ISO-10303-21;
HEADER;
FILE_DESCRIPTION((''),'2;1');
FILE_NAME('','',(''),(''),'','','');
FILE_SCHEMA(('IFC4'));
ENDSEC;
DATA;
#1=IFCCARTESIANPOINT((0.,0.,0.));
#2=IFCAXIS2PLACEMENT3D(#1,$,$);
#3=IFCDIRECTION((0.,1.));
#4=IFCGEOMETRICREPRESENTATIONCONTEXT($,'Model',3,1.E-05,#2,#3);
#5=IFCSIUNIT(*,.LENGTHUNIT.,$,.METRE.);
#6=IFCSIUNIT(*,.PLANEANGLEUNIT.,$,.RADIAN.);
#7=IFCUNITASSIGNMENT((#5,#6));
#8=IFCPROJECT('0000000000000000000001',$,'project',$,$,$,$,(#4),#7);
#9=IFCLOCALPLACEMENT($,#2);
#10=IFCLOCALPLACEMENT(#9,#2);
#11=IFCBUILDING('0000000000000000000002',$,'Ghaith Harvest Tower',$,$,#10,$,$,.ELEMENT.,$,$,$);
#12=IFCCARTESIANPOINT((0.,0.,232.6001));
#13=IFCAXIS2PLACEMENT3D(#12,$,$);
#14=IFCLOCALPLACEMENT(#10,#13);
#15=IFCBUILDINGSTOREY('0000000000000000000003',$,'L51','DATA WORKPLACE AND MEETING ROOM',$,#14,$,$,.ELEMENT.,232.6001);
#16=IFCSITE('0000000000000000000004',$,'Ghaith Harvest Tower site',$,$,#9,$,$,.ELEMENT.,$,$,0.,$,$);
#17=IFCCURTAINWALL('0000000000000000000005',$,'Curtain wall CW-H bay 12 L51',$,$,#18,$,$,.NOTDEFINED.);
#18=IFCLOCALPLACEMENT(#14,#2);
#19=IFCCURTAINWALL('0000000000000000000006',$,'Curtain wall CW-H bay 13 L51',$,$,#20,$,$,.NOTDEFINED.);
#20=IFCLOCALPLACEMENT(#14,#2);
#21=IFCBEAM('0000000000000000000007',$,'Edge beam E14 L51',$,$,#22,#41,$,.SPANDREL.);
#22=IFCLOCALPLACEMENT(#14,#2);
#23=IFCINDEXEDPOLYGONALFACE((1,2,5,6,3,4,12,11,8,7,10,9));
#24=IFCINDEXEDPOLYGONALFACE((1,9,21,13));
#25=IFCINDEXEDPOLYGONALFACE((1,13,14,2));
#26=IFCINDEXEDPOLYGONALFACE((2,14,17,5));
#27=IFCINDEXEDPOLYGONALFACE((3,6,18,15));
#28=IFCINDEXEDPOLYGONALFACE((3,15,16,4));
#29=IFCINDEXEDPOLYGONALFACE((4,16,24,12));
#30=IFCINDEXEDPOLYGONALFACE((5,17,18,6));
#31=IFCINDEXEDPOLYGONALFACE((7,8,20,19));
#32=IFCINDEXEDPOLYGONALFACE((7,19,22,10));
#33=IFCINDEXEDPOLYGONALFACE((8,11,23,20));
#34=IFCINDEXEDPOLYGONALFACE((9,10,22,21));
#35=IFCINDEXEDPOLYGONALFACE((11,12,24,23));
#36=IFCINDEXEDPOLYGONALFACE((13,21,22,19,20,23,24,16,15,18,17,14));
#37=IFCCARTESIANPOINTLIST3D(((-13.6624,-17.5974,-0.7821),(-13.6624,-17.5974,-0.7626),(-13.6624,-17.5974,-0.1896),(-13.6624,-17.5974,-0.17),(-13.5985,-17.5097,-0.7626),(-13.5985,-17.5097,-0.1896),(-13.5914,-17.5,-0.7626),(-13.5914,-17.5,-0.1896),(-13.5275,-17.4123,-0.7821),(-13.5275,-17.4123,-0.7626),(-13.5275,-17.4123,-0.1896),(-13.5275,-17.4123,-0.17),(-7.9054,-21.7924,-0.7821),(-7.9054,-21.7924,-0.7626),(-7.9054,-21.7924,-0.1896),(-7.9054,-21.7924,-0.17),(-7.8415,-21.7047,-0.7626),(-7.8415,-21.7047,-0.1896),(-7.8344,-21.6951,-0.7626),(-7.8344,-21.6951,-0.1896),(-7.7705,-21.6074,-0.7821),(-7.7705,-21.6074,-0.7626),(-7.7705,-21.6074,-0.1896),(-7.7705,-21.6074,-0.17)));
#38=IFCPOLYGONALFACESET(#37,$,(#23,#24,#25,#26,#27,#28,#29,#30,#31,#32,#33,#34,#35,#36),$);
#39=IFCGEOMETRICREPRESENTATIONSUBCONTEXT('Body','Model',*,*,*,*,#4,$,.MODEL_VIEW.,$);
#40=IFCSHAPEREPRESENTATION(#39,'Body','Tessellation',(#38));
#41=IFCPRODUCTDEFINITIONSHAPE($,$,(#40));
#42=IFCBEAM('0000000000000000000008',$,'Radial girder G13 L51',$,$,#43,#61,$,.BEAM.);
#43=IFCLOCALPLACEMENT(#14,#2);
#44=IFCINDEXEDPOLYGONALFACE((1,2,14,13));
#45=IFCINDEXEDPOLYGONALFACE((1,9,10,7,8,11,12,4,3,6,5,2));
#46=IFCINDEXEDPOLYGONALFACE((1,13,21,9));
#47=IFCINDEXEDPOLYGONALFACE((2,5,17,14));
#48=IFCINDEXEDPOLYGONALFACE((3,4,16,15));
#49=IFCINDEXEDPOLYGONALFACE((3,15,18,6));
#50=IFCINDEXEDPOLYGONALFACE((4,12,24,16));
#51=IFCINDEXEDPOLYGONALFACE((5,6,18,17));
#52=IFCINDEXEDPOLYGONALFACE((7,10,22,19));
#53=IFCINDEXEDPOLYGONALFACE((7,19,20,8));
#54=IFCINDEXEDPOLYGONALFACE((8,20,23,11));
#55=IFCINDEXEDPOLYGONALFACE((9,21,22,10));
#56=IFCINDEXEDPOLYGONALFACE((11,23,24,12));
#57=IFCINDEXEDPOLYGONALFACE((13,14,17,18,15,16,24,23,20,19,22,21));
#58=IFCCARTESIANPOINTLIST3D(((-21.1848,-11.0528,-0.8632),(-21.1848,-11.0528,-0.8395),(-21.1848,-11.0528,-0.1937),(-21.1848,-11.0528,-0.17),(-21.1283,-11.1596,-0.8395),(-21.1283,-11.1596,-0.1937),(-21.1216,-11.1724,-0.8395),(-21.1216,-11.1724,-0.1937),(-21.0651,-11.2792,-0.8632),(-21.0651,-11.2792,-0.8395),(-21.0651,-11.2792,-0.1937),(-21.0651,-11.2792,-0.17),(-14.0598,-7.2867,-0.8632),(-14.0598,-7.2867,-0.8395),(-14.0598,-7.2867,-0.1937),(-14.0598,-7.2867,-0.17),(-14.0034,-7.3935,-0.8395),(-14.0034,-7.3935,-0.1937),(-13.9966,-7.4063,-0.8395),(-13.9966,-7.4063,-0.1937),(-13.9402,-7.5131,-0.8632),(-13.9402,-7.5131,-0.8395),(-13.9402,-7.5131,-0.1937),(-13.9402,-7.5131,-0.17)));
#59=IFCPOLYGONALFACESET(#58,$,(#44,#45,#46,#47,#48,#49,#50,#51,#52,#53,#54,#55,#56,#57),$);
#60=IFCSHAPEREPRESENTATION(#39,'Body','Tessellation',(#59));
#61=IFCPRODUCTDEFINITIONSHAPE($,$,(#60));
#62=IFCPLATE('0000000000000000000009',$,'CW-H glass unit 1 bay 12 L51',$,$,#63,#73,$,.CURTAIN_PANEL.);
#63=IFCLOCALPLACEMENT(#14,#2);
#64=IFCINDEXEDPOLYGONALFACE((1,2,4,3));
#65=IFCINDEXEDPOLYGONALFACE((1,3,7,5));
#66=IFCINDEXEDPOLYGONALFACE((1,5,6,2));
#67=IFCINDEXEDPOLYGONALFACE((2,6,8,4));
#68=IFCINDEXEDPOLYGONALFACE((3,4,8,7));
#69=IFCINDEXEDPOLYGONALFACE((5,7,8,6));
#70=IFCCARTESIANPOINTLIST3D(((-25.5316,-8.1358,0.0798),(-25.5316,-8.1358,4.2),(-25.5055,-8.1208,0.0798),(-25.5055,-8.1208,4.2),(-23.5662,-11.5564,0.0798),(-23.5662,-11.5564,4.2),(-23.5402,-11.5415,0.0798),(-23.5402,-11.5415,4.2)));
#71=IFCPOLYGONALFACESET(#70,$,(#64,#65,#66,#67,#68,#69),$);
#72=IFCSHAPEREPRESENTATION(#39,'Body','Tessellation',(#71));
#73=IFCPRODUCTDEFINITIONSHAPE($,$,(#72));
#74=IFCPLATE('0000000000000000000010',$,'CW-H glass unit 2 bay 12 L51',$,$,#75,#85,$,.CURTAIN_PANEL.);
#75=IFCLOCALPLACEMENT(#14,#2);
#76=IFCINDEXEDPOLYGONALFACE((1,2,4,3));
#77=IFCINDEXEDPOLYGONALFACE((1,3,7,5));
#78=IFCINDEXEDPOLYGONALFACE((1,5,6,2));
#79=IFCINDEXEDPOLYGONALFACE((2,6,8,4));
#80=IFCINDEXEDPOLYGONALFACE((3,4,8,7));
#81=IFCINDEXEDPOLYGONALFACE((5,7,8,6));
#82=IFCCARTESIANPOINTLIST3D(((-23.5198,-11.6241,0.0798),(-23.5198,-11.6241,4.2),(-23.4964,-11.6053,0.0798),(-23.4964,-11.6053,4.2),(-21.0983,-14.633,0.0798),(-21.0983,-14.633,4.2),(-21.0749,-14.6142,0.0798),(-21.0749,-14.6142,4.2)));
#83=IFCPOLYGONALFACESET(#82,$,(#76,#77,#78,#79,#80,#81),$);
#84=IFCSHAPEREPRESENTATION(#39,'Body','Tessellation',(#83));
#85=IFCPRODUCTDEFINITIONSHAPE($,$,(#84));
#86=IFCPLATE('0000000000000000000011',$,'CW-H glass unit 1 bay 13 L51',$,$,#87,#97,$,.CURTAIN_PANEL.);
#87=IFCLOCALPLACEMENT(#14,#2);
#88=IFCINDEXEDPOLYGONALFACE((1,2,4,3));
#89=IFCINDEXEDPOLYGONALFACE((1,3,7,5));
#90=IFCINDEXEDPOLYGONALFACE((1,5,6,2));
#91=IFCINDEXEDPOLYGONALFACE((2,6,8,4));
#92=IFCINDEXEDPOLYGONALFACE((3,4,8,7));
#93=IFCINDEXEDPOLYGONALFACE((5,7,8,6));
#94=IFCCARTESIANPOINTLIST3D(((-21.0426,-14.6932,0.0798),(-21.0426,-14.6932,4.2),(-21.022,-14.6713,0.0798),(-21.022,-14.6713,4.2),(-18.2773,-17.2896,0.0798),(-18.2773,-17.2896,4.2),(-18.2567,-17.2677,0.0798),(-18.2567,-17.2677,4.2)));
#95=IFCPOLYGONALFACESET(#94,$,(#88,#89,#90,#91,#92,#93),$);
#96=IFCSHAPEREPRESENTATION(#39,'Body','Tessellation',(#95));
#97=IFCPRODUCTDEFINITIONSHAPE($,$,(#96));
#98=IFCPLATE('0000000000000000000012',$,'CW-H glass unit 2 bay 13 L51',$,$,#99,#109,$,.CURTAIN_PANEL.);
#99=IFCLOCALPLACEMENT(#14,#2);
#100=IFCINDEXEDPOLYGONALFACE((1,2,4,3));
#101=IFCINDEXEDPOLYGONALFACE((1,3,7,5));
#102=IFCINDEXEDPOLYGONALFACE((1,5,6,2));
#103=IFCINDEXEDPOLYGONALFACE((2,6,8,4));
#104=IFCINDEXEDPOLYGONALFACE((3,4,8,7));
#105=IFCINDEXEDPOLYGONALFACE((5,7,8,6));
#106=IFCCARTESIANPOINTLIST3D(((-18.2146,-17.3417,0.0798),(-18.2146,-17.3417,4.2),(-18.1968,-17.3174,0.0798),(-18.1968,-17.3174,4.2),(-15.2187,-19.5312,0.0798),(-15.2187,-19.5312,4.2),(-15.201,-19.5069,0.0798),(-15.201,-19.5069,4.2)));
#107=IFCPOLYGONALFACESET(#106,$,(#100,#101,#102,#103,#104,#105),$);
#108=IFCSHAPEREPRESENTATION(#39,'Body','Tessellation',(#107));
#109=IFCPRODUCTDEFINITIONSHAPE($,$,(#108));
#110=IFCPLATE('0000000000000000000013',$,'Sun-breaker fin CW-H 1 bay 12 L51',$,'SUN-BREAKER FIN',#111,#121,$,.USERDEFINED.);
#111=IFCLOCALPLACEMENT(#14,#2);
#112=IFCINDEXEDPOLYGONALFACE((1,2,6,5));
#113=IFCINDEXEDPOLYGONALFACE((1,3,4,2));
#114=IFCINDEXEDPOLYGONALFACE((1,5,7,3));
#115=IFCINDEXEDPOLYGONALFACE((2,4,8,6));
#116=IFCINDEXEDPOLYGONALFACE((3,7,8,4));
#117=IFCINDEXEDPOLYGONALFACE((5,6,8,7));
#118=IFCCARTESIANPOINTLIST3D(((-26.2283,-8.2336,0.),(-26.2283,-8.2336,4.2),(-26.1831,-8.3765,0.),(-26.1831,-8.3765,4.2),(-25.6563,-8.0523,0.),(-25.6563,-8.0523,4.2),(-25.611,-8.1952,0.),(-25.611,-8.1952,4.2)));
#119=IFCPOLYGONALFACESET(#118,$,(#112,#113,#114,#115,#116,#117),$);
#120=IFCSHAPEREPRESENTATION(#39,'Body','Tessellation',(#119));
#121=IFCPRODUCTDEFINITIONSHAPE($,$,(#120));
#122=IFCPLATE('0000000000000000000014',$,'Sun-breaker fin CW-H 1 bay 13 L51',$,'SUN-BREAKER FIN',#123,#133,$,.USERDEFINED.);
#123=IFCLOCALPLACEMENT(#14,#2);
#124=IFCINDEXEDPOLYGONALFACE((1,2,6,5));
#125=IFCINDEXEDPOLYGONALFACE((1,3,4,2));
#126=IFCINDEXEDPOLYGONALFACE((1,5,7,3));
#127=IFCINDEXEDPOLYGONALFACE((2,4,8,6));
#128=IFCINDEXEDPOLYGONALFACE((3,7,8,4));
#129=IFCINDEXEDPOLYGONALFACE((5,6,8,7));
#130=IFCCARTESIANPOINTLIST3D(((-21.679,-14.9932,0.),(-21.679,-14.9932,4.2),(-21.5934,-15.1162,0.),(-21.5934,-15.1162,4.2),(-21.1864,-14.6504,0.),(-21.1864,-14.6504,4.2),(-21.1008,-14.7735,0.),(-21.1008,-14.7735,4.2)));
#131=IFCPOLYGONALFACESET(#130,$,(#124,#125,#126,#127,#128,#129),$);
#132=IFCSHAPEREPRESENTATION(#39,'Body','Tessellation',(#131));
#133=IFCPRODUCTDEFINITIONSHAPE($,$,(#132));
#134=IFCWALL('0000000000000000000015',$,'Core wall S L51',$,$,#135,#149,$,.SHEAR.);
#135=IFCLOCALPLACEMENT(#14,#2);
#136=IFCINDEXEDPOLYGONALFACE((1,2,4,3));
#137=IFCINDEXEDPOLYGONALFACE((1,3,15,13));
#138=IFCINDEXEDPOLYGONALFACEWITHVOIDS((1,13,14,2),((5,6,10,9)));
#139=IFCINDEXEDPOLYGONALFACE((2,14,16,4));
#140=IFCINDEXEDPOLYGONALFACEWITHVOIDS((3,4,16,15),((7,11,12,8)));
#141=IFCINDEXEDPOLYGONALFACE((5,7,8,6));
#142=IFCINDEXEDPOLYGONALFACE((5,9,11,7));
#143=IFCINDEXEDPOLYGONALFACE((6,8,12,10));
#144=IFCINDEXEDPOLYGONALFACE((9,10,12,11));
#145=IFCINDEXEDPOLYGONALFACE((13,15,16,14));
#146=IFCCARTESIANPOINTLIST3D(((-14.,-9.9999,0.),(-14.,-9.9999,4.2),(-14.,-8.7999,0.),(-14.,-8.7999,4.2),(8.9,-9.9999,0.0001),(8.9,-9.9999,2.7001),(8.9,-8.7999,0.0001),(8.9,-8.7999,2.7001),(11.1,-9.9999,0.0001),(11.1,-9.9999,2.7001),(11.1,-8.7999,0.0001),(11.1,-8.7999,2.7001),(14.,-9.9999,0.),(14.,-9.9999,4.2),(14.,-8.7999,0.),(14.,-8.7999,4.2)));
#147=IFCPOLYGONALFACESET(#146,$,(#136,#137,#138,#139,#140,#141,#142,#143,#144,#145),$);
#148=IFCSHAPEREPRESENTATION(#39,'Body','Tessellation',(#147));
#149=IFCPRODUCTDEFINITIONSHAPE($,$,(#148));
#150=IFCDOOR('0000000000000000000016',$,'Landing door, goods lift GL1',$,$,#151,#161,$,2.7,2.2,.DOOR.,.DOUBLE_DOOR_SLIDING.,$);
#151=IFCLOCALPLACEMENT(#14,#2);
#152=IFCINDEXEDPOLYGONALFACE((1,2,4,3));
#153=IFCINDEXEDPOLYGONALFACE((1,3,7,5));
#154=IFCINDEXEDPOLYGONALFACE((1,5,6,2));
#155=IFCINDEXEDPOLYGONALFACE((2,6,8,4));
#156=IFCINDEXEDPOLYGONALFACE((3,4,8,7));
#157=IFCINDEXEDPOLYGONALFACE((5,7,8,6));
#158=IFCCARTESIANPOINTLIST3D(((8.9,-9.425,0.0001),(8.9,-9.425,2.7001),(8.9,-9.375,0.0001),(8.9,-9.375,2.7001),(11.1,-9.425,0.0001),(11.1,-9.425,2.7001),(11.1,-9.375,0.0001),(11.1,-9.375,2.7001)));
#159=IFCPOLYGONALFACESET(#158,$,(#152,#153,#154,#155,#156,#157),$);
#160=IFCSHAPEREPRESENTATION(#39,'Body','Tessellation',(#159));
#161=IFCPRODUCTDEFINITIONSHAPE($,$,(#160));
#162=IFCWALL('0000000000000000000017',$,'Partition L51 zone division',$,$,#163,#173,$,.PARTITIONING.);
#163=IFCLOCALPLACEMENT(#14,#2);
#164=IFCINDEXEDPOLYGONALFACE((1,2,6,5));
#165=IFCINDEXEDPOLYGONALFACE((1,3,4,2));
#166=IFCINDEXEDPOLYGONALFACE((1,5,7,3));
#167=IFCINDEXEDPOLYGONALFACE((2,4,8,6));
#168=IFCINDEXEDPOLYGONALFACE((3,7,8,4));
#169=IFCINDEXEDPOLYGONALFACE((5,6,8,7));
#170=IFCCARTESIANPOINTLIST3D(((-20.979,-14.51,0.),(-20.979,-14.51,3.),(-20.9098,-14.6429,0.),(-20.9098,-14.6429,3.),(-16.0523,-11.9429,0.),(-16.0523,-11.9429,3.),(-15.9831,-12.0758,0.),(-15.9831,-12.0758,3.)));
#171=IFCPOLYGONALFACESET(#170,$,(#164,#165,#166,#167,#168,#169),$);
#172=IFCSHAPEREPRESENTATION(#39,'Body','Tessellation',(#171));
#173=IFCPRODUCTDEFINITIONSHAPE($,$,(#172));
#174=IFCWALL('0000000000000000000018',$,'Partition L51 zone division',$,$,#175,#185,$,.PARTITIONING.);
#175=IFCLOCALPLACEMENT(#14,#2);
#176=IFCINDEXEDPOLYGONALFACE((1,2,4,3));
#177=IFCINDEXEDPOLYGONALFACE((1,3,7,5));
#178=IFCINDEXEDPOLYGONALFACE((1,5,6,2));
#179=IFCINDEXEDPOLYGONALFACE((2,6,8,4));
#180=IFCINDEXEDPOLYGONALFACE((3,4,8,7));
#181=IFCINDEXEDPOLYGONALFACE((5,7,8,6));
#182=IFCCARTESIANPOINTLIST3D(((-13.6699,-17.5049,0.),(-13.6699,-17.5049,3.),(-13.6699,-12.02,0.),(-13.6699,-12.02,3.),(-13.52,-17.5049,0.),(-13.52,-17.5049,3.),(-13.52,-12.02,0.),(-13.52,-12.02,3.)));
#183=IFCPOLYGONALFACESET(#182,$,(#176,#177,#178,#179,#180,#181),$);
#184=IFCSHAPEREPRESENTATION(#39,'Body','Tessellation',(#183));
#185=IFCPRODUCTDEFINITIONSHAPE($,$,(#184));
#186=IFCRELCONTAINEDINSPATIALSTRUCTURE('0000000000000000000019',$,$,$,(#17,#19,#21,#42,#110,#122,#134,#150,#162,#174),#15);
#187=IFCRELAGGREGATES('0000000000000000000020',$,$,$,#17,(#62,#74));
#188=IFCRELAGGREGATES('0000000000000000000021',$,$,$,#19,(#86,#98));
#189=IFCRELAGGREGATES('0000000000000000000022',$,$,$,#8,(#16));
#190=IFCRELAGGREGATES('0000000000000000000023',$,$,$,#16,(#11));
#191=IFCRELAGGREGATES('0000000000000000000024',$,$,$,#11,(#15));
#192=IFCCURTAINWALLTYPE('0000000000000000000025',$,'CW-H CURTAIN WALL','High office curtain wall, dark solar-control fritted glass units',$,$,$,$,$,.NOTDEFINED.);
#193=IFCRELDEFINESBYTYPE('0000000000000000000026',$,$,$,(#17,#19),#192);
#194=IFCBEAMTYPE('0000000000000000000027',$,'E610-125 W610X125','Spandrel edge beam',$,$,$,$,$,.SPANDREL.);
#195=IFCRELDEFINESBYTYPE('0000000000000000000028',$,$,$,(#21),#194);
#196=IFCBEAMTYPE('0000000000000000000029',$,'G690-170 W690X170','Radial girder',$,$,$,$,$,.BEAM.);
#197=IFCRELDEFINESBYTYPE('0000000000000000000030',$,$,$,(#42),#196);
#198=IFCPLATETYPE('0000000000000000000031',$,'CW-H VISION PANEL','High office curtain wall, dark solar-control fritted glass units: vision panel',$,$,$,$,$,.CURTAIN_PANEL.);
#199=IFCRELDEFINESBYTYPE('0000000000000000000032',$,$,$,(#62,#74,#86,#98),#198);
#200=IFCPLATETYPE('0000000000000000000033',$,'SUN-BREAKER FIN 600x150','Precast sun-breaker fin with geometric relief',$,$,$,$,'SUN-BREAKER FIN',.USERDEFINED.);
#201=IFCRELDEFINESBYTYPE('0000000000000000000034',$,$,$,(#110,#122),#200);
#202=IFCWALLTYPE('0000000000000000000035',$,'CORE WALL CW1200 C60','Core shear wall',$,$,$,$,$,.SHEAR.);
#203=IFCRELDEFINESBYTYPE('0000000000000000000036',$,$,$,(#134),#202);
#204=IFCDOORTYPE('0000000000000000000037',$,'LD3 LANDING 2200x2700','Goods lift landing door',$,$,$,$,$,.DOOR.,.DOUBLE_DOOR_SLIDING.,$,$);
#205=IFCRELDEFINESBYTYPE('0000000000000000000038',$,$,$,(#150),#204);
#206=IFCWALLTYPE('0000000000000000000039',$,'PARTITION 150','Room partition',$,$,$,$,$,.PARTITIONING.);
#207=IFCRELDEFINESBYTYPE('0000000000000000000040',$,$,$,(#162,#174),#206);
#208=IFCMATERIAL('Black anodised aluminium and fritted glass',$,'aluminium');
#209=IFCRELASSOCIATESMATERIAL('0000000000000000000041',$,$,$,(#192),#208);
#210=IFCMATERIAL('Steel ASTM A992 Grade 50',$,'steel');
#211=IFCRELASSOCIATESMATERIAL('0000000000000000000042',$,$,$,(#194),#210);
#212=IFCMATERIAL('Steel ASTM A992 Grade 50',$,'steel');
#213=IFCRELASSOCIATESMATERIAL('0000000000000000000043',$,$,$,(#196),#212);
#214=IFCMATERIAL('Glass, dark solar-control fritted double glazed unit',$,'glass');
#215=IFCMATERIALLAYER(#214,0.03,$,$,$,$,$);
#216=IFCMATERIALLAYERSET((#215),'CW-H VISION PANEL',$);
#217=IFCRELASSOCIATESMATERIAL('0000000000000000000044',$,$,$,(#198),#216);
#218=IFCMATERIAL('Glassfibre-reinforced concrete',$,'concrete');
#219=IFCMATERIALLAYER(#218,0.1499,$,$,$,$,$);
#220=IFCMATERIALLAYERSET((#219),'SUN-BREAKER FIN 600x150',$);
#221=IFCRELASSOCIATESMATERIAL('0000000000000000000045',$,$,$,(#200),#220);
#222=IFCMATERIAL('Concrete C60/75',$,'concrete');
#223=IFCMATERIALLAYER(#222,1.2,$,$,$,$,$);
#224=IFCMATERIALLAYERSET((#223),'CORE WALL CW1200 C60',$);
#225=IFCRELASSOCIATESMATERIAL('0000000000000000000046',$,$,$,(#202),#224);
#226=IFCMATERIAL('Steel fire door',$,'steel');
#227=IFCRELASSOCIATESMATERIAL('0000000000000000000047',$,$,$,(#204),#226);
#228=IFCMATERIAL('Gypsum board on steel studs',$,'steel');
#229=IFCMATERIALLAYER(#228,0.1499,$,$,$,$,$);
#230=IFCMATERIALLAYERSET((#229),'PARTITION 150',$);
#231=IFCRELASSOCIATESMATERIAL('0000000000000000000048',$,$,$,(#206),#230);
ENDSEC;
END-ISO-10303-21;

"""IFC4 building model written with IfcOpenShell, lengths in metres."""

from ifc_helpers import new_model, si_unit, direction, frame, frame_2d, origin, origin_2d, place, context, subcontext, project, spatial, rectangle, i_section, extrude, material, layer, layer_set, material_profile, profile_set, type_object, element, fill, aggregate, save


model = new_model("IFC4")

# Units and contexts
model_context = context("Model", 3, precision=1e-05, world=origin(), true_north=direction((0.0, 1.0)))
body_context = subcontext(model_context, "Body", "Model", "MODEL_VIEW")
ifc_project = project(units=[si_unit("LENGTHUNIT", "METRE"), si_unit("PLANEANGLEUNIT", "RADIAN")], contexts=[model_context])

# Site, building, storey
site_placement = place(None, origin())
site = spatial("IfcSite", under=ifc_project, at=site_placement, Name="Ghaith Harvest Tower site", CompositionType="ELEMENT", RefElevation=0.0)
building_placement = place(site_placement, origin())
building = spatial("IfcBuilding", under=site, at=building_placement, Name="Ghaith Harvest Tower", CompositionType="ELEMENT")
storey_placement = place(building_placement, frame((0.0, 0.0, 232.6001)))
storey = spatial("IfcBuildingStorey", under=building, at=storey_placement, Name="L51", Description="DATA WORKPLACE AND MEETING ROOM", CompositionType="ELEMENT", Elevation=232.6001)

# Curtain walls
ifc_material_1 = material(Name="Black anodised aluminium and fritted glass", Category="aluminium")
curtain_wall_type = type_object("IfcCurtainWallType", Name="CW-H CURTAIN WALL", Description="High office curtain wall, dark solar-control fritted glass units", PredefinedType="NOTDEFINED", material=ifc_material_1)
curtain_wall_1_placement = place(storey_placement, origin())
curtain_wall_1 = element("IfcCurtainWall", 1, at=curtain_wall_1_placement, inside=storey, type_object=curtain_wall_type, Name="Curtain wall CW-H bay 12 L51", PredefinedType="NOTDEFINED")
curtain_wall_2_placement = place(storey_placement, origin())
curtain_wall_2 = element("IfcCurtainWall", 2, at=curtain_wall_2_placement, inside=storey, type_object=curtain_wall_type, Name="Curtain wall CW-H bay 13 L51", PredefinedType="NOTDEFINED")

# Beams
ifc_material_2 = material(Name="Steel ASTM A992 Grade 50", Category="steel")
ifc_material_profile_1 = material_profile(ifc_material_2, i_section(OverallWidth=0.229, OverallDepth=0.6121, WebThickness=0.012, FlangeThickness=0.0195, at=origin_2d()), Name="W610X125")
ifc_profile_set_1 = profile_set([ifc_material_profile_1], Name="Steel ASTM A992 Grade 50")
beam_type_1 = type_object("IfcBeamType", Name="E610-125 W610X125", Description="Spandrel edge beam", PredefinedType="SPANDREL", material=ifc_profile_set_1)
beam_1_placement = place(storey_placement, frame((-13.595, -17.5049, -0.4761), z_axis=(0.808195, -0.588915, 0.0), x_axis=(0.588915, 0.808195, 0.0)))
element("IfcBeam", 3, at=beam_1_placement, inside=storey, type_object=beam_type_1, Name="Edge beam E14 L51", PredefinedType="SPANDREL", context=body_context, shape_type="SweptSolid", body=[
    extrude(i_section(OverallWidth=0.229, OverallDepth=0.6121, WebThickness=0.012, FlangeThickness=0.0195, at=origin_2d()), origin(), (0.0, 0.0, 1.0), 7.1233),
])
ifc_material_3 = material(Name="Steel ASTM A992 Grade 50", Category="steel")
ifc_material_profile_2 = material_profile(ifc_material_3, i_section(OverallWidth=0.2561, OverallDepth=0.6931, WebThickness=0.0144, FlangeThickness=0.0237, at=origin_2d()), Name="W690X170")
ifc_profile_set_2 = profile_set([ifc_material_profile_2], Name="Steel ASTM A992 Grade 50")
beam_type_2 = type_object("IfcBeamType", Name="G690-170 W690X170", Description="Radial girder", PredefinedType="BEAM", material=ifc_profile_set_2)
beam_2_placement = place(storey_placement, frame((-14.0, -7.3999, -0.5166), z_axis=(-0.884093, -0.467311, 0.0), x_axis=(0.467311, -0.884093, 0.0)))
element("IfcBeam", 4, at=beam_2_placement, inside=storey, type_object=beam_type_2, Name="Radial girder G13 L51", PredefinedType="BEAM", context=body_context, shape_type="SweptSolid", body=[
    extrude(i_section(OverallWidth=0.2561, OverallDepth=0.6931, WebThickness=0.0144, FlangeThickness=0.0237, at=origin_2d()), origin(), (0.0, 0.0, 1.0), 8.0591),
])

# Plates
ifc_material_4 = material(Name="Glass, dark solar-control fritted double glazed unit", Category="glass")
ifc_layer_1 = layer(ifc_material_4, 0.03)
ifc_layer_set_1 = layer_set([ifc_layer_1], Name="CW-H VISION PANEL")
plate_type_1 = type_object("IfcPlateType", Name="CW-H VISION PANEL", Description="High office curtain wall, dark solar-control fritted glass units: vision panel", PredefinedType="CURTAIN_PANEL", material=ifc_layer_set_1)
plate_1_placement = place(storey_placement, frame((-24.5359, -9.8386, 0.0798), z_axis=(0.0, 0.0, 1.0), x_axis=(0.49818, -0.867074, 0.0)))
plate_1 = element("IfcPlate", 5, at=plate_1_placement, type_object=plate_type_1, Name="CW-H glass unit 1 bay 12 L51", PredefinedType="CURTAIN_PANEL", context=body_context, shape_type="SweptSolid", body=[
    extrude(rectangle(XDim=3.9451, YDim=0.03, at=origin_2d()), origin(), (0.0, 0.0, 1.0), 4.1201),
])
plate_2_placement = place(storey_placement, frame((-22.2974, -13.1191, 0.0798), z_axis=(0.0, 0.0, 1.0), x_axis=(0.626957, -0.779054, 0.0)))
plate_2 = element("IfcPlate", 6, at=plate_2_placement, type_object=plate_type_1, Name="CW-H glass unit 2 bay 12 L51", PredefinedType="CURTAIN_PANEL", context=body_context, shape_type="SweptSolid", body=[
    extrude(rectangle(XDim=3.8623, YDim=0.03, at=origin_2d()), origin(), (0.0, 0.0, 1.0), 4.1201),
])
aggregate(curtain_wall_1, [plate_1, plate_2])
plate_3_placement = place(storey_placement, frame((-19.6497, -15.9805, 0.0798), z_axis=(0.0, 0.0, 1.0), x_axis=(0.729017, -0.684496, 0.0)))
plate_3 = element("IfcPlate", 7, at=plate_3_placement, type_object=plate_type_1, Name="CW-H glass unit 1 bay 13 L51", PredefinedType="CURTAIN_PANEL", context=body_context, shape_type="SweptSolid", body=[
    extrude(rectangle(XDim=3.7932, YDim=0.03, at=origin_2d()), origin(), (0.0, 0.0, 1.0), 4.1201),
])
plate_4_placement = place(storey_placement, frame((-16.7078, -18.4243, 0.0798), z_axis=(0.0, 0.0, 1.0), x_axis=(0.807364, -0.590054, 0.0)))
plate_4 = element("IfcPlate", 8, at=plate_4_placement, type_object=plate_type_1, Name="CW-H glass unit 2 bay 13 L51", PredefinedType="CURTAIN_PANEL", context=body_context, shape_type="SweptSolid", body=[
    extrude(rectangle(XDim=3.7107, YDim=0.03, at=origin_2d()), origin(), (0.0, 0.0, 1.0), 4.1201),
])
aggregate(curtain_wall_2, [plate_3, plate_4])

# Plates
ifc_material_5 = material(Name="Glassfibre-reinforced concrete", Category="concrete")
ifc_layer_2 = layer(ifc_material_5, 0.1499)
ifc_layer_set_2 = layer_set([ifc_layer_2], Name="SUN-BREAKER FIN 600x150")
plate_type_2 = type_object("IfcPlateType", Name="SUN-BREAKER FIN 600x150", Description="Precast sun-breaker fin with geometric relief", ElementType="SUN-BREAKER FIN", PredefinedType="USERDEFINED", material=ifc_layer_set_2)
for number, where, z_axis, x_axis, name in (
    (9, (-25.9197, -8.2144, 0.0), (0.0, 0.0, 1.0), (-0.953273, -0.30211, 0.0), "Sun-breaker fin CW-H 1 bay 12 L51"),
    (10, (-21.3899, -14.8833, 0.0), (0.0, 0.0, 1.0), (-0.820845, -0.57115, 0.0), "Sun-breaker fin CW-H 1 bay 13 L51"),
):
    element("IfcPlate", number, at=place(storey_placement, frame(where, z_axis=z_axis, x_axis=x_axis)), inside=storey, type_object=plate_type_2, Name=name, ObjectType="SUN-BREAKER FIN", PredefinedType="USERDEFINED", context=body_context, shape_type="SweptSolid", body=[
        extrude(rectangle(XDim=0.6001, YDim=0.1499, at=origin_2d()), origin(), (0.0, 0.0, 1.0), 4.2),
    ])

# Wall, opening, door
ifc_material_6 = material(Name="Concrete C60/75", Category="concrete")
ifc_layer_3 = layer(ifc_material_6, 1.2)
ifc_layer_set_3 = layer_set([ifc_layer_3], Name="CORE WALL CW1200 C60")
wall_type_1 = type_object("IfcWallType", Name="CORE WALL CW1200 C60", Description="Core shear wall", PredefinedType="SHEAR", material=ifc_layer_set_3)
wall_1_placement = place(storey_placement, frame((-14.0, -9.3999, 0.0), z_axis=(0.0, 0.0, 1.0), x_axis=(1.0, 0.0, 0.0)))
wall_1 = element("IfcWall", 11, at=wall_1_placement, inside=storey, type_object=wall_type_1, Name="Core wall S L51", PredefinedType="SHEAR", context=body_context, shape_type="SweptSolid", body=[
    extrude(rectangle(XDim=28.0, YDim=1.2, at=frame_2d((14.0, 0.0))), origin(), (0.0, 0.0, 1.0), 4.2),
])
opening_placement = place(wall_1_placement, frame((22.8999, 0.0, 0.0)))
opening = element("IfcOpeningElement", 12, at=opening_placement, cuts=wall_1, PredefinedType="OPENING", context=body_context, shape_type="SweptSolid", body=[
    extrude(rectangle(XDim=2.2, YDim=2.7, at=frame_2d((1.1001, 1.3501))), frame((0.0, 0.6099, 0.0), z_axis=(0.0, -1.0, 0.0), x_axis=(1.0, 0.0, 0.0)), (0.0, 0.0, 1.0), 1.22),
])
ifc_material_7 = material(Name="Steel fire door", Category="steel")
door_type = type_object("IfcDoorType", Name="LD3 LANDING 2200x2700", Description="Goods lift landing door", OperationType="DOUBLE_DOOR_SLIDING", PredefinedType="DOOR", material=ifc_material_7)
door_placement = place(opening_placement, origin())
door = element("IfcDoor", 13, at=door_placement, inside=storey, type_object=door_type, Name="Landing door, goods lift GL1", OperationType="DOUBLE_DOOR_SLIDING", OverallHeight=2.7, OverallWidth=2.2, PredefinedType="DOOR", context=body_context, shape_type="SweptSolid", body=[
    extrude(rectangle(XDim=2.2, YDim=2.7, at=frame_2d((1.1001, 1.3501))), frame((0.0, 0.0249, 0.0), z_axis=(0.0, -1.0, 0.0), x_axis=(1.0, 0.0, 0.0)), (0.0, 0.0, 1.0), 0.05),
])
fill(opening, door)

# Walls
ifc_material_8 = material(Name="Gypsum board on steel studs", Category="steel")
ifc_layer_4 = layer(ifc_material_8, 0.1499)
ifc_layer_set_4 = layer_set([ifc_layer_4], Name="PARTITION 150")
wall_type_2 = type_object("IfcWallType", Name="PARTITION 150", Description="Room partition", PredefinedType="PARTITIONING", material=ifc_layer_set_4)
wall_2_placement = place(storey_placement, frame((-16.0176, -12.0093, 0.0), z_axis=(0.0, 0.0, 1.0), x_axis=(-0.886832, -0.462093, 0.0)))
element("IfcWall", 14, at=wall_2_placement, inside=storey, type_object=wall_type_2, Name="Partition L51 zone division", PredefinedType="PARTITIONING", context=body_context, shape_type="SweptSolid", body=[
    extrude(rectangle(XDim=5.5554, YDim=0.1499, at=frame_2d((2.7778, 0.0))), origin(), (0.0, 0.0, 1.0), 3.0),
])
wall_3_placement = place(storey_placement, frame((-13.595, -12.02, 0.0), z_axis=(0.0, 0.0, 1.0), x_axis=(0.0, -1.0, 0.0)))
element("IfcWall", 15, at=wall_3_placement, inside=storey, type_object=wall_type_2, Name="Partition L51 zone division", PredefinedType="PARTITIONING", context=body_context, shape_type="SweptSolid", body=[
    extrude(rectangle(XDim=5.4849, YDim=0.1499, at=frame_2d((2.7424, 0.0))), origin(), (0.0, 0.0, 1.0), 3.0),
])

save(model, "model.ifc")
